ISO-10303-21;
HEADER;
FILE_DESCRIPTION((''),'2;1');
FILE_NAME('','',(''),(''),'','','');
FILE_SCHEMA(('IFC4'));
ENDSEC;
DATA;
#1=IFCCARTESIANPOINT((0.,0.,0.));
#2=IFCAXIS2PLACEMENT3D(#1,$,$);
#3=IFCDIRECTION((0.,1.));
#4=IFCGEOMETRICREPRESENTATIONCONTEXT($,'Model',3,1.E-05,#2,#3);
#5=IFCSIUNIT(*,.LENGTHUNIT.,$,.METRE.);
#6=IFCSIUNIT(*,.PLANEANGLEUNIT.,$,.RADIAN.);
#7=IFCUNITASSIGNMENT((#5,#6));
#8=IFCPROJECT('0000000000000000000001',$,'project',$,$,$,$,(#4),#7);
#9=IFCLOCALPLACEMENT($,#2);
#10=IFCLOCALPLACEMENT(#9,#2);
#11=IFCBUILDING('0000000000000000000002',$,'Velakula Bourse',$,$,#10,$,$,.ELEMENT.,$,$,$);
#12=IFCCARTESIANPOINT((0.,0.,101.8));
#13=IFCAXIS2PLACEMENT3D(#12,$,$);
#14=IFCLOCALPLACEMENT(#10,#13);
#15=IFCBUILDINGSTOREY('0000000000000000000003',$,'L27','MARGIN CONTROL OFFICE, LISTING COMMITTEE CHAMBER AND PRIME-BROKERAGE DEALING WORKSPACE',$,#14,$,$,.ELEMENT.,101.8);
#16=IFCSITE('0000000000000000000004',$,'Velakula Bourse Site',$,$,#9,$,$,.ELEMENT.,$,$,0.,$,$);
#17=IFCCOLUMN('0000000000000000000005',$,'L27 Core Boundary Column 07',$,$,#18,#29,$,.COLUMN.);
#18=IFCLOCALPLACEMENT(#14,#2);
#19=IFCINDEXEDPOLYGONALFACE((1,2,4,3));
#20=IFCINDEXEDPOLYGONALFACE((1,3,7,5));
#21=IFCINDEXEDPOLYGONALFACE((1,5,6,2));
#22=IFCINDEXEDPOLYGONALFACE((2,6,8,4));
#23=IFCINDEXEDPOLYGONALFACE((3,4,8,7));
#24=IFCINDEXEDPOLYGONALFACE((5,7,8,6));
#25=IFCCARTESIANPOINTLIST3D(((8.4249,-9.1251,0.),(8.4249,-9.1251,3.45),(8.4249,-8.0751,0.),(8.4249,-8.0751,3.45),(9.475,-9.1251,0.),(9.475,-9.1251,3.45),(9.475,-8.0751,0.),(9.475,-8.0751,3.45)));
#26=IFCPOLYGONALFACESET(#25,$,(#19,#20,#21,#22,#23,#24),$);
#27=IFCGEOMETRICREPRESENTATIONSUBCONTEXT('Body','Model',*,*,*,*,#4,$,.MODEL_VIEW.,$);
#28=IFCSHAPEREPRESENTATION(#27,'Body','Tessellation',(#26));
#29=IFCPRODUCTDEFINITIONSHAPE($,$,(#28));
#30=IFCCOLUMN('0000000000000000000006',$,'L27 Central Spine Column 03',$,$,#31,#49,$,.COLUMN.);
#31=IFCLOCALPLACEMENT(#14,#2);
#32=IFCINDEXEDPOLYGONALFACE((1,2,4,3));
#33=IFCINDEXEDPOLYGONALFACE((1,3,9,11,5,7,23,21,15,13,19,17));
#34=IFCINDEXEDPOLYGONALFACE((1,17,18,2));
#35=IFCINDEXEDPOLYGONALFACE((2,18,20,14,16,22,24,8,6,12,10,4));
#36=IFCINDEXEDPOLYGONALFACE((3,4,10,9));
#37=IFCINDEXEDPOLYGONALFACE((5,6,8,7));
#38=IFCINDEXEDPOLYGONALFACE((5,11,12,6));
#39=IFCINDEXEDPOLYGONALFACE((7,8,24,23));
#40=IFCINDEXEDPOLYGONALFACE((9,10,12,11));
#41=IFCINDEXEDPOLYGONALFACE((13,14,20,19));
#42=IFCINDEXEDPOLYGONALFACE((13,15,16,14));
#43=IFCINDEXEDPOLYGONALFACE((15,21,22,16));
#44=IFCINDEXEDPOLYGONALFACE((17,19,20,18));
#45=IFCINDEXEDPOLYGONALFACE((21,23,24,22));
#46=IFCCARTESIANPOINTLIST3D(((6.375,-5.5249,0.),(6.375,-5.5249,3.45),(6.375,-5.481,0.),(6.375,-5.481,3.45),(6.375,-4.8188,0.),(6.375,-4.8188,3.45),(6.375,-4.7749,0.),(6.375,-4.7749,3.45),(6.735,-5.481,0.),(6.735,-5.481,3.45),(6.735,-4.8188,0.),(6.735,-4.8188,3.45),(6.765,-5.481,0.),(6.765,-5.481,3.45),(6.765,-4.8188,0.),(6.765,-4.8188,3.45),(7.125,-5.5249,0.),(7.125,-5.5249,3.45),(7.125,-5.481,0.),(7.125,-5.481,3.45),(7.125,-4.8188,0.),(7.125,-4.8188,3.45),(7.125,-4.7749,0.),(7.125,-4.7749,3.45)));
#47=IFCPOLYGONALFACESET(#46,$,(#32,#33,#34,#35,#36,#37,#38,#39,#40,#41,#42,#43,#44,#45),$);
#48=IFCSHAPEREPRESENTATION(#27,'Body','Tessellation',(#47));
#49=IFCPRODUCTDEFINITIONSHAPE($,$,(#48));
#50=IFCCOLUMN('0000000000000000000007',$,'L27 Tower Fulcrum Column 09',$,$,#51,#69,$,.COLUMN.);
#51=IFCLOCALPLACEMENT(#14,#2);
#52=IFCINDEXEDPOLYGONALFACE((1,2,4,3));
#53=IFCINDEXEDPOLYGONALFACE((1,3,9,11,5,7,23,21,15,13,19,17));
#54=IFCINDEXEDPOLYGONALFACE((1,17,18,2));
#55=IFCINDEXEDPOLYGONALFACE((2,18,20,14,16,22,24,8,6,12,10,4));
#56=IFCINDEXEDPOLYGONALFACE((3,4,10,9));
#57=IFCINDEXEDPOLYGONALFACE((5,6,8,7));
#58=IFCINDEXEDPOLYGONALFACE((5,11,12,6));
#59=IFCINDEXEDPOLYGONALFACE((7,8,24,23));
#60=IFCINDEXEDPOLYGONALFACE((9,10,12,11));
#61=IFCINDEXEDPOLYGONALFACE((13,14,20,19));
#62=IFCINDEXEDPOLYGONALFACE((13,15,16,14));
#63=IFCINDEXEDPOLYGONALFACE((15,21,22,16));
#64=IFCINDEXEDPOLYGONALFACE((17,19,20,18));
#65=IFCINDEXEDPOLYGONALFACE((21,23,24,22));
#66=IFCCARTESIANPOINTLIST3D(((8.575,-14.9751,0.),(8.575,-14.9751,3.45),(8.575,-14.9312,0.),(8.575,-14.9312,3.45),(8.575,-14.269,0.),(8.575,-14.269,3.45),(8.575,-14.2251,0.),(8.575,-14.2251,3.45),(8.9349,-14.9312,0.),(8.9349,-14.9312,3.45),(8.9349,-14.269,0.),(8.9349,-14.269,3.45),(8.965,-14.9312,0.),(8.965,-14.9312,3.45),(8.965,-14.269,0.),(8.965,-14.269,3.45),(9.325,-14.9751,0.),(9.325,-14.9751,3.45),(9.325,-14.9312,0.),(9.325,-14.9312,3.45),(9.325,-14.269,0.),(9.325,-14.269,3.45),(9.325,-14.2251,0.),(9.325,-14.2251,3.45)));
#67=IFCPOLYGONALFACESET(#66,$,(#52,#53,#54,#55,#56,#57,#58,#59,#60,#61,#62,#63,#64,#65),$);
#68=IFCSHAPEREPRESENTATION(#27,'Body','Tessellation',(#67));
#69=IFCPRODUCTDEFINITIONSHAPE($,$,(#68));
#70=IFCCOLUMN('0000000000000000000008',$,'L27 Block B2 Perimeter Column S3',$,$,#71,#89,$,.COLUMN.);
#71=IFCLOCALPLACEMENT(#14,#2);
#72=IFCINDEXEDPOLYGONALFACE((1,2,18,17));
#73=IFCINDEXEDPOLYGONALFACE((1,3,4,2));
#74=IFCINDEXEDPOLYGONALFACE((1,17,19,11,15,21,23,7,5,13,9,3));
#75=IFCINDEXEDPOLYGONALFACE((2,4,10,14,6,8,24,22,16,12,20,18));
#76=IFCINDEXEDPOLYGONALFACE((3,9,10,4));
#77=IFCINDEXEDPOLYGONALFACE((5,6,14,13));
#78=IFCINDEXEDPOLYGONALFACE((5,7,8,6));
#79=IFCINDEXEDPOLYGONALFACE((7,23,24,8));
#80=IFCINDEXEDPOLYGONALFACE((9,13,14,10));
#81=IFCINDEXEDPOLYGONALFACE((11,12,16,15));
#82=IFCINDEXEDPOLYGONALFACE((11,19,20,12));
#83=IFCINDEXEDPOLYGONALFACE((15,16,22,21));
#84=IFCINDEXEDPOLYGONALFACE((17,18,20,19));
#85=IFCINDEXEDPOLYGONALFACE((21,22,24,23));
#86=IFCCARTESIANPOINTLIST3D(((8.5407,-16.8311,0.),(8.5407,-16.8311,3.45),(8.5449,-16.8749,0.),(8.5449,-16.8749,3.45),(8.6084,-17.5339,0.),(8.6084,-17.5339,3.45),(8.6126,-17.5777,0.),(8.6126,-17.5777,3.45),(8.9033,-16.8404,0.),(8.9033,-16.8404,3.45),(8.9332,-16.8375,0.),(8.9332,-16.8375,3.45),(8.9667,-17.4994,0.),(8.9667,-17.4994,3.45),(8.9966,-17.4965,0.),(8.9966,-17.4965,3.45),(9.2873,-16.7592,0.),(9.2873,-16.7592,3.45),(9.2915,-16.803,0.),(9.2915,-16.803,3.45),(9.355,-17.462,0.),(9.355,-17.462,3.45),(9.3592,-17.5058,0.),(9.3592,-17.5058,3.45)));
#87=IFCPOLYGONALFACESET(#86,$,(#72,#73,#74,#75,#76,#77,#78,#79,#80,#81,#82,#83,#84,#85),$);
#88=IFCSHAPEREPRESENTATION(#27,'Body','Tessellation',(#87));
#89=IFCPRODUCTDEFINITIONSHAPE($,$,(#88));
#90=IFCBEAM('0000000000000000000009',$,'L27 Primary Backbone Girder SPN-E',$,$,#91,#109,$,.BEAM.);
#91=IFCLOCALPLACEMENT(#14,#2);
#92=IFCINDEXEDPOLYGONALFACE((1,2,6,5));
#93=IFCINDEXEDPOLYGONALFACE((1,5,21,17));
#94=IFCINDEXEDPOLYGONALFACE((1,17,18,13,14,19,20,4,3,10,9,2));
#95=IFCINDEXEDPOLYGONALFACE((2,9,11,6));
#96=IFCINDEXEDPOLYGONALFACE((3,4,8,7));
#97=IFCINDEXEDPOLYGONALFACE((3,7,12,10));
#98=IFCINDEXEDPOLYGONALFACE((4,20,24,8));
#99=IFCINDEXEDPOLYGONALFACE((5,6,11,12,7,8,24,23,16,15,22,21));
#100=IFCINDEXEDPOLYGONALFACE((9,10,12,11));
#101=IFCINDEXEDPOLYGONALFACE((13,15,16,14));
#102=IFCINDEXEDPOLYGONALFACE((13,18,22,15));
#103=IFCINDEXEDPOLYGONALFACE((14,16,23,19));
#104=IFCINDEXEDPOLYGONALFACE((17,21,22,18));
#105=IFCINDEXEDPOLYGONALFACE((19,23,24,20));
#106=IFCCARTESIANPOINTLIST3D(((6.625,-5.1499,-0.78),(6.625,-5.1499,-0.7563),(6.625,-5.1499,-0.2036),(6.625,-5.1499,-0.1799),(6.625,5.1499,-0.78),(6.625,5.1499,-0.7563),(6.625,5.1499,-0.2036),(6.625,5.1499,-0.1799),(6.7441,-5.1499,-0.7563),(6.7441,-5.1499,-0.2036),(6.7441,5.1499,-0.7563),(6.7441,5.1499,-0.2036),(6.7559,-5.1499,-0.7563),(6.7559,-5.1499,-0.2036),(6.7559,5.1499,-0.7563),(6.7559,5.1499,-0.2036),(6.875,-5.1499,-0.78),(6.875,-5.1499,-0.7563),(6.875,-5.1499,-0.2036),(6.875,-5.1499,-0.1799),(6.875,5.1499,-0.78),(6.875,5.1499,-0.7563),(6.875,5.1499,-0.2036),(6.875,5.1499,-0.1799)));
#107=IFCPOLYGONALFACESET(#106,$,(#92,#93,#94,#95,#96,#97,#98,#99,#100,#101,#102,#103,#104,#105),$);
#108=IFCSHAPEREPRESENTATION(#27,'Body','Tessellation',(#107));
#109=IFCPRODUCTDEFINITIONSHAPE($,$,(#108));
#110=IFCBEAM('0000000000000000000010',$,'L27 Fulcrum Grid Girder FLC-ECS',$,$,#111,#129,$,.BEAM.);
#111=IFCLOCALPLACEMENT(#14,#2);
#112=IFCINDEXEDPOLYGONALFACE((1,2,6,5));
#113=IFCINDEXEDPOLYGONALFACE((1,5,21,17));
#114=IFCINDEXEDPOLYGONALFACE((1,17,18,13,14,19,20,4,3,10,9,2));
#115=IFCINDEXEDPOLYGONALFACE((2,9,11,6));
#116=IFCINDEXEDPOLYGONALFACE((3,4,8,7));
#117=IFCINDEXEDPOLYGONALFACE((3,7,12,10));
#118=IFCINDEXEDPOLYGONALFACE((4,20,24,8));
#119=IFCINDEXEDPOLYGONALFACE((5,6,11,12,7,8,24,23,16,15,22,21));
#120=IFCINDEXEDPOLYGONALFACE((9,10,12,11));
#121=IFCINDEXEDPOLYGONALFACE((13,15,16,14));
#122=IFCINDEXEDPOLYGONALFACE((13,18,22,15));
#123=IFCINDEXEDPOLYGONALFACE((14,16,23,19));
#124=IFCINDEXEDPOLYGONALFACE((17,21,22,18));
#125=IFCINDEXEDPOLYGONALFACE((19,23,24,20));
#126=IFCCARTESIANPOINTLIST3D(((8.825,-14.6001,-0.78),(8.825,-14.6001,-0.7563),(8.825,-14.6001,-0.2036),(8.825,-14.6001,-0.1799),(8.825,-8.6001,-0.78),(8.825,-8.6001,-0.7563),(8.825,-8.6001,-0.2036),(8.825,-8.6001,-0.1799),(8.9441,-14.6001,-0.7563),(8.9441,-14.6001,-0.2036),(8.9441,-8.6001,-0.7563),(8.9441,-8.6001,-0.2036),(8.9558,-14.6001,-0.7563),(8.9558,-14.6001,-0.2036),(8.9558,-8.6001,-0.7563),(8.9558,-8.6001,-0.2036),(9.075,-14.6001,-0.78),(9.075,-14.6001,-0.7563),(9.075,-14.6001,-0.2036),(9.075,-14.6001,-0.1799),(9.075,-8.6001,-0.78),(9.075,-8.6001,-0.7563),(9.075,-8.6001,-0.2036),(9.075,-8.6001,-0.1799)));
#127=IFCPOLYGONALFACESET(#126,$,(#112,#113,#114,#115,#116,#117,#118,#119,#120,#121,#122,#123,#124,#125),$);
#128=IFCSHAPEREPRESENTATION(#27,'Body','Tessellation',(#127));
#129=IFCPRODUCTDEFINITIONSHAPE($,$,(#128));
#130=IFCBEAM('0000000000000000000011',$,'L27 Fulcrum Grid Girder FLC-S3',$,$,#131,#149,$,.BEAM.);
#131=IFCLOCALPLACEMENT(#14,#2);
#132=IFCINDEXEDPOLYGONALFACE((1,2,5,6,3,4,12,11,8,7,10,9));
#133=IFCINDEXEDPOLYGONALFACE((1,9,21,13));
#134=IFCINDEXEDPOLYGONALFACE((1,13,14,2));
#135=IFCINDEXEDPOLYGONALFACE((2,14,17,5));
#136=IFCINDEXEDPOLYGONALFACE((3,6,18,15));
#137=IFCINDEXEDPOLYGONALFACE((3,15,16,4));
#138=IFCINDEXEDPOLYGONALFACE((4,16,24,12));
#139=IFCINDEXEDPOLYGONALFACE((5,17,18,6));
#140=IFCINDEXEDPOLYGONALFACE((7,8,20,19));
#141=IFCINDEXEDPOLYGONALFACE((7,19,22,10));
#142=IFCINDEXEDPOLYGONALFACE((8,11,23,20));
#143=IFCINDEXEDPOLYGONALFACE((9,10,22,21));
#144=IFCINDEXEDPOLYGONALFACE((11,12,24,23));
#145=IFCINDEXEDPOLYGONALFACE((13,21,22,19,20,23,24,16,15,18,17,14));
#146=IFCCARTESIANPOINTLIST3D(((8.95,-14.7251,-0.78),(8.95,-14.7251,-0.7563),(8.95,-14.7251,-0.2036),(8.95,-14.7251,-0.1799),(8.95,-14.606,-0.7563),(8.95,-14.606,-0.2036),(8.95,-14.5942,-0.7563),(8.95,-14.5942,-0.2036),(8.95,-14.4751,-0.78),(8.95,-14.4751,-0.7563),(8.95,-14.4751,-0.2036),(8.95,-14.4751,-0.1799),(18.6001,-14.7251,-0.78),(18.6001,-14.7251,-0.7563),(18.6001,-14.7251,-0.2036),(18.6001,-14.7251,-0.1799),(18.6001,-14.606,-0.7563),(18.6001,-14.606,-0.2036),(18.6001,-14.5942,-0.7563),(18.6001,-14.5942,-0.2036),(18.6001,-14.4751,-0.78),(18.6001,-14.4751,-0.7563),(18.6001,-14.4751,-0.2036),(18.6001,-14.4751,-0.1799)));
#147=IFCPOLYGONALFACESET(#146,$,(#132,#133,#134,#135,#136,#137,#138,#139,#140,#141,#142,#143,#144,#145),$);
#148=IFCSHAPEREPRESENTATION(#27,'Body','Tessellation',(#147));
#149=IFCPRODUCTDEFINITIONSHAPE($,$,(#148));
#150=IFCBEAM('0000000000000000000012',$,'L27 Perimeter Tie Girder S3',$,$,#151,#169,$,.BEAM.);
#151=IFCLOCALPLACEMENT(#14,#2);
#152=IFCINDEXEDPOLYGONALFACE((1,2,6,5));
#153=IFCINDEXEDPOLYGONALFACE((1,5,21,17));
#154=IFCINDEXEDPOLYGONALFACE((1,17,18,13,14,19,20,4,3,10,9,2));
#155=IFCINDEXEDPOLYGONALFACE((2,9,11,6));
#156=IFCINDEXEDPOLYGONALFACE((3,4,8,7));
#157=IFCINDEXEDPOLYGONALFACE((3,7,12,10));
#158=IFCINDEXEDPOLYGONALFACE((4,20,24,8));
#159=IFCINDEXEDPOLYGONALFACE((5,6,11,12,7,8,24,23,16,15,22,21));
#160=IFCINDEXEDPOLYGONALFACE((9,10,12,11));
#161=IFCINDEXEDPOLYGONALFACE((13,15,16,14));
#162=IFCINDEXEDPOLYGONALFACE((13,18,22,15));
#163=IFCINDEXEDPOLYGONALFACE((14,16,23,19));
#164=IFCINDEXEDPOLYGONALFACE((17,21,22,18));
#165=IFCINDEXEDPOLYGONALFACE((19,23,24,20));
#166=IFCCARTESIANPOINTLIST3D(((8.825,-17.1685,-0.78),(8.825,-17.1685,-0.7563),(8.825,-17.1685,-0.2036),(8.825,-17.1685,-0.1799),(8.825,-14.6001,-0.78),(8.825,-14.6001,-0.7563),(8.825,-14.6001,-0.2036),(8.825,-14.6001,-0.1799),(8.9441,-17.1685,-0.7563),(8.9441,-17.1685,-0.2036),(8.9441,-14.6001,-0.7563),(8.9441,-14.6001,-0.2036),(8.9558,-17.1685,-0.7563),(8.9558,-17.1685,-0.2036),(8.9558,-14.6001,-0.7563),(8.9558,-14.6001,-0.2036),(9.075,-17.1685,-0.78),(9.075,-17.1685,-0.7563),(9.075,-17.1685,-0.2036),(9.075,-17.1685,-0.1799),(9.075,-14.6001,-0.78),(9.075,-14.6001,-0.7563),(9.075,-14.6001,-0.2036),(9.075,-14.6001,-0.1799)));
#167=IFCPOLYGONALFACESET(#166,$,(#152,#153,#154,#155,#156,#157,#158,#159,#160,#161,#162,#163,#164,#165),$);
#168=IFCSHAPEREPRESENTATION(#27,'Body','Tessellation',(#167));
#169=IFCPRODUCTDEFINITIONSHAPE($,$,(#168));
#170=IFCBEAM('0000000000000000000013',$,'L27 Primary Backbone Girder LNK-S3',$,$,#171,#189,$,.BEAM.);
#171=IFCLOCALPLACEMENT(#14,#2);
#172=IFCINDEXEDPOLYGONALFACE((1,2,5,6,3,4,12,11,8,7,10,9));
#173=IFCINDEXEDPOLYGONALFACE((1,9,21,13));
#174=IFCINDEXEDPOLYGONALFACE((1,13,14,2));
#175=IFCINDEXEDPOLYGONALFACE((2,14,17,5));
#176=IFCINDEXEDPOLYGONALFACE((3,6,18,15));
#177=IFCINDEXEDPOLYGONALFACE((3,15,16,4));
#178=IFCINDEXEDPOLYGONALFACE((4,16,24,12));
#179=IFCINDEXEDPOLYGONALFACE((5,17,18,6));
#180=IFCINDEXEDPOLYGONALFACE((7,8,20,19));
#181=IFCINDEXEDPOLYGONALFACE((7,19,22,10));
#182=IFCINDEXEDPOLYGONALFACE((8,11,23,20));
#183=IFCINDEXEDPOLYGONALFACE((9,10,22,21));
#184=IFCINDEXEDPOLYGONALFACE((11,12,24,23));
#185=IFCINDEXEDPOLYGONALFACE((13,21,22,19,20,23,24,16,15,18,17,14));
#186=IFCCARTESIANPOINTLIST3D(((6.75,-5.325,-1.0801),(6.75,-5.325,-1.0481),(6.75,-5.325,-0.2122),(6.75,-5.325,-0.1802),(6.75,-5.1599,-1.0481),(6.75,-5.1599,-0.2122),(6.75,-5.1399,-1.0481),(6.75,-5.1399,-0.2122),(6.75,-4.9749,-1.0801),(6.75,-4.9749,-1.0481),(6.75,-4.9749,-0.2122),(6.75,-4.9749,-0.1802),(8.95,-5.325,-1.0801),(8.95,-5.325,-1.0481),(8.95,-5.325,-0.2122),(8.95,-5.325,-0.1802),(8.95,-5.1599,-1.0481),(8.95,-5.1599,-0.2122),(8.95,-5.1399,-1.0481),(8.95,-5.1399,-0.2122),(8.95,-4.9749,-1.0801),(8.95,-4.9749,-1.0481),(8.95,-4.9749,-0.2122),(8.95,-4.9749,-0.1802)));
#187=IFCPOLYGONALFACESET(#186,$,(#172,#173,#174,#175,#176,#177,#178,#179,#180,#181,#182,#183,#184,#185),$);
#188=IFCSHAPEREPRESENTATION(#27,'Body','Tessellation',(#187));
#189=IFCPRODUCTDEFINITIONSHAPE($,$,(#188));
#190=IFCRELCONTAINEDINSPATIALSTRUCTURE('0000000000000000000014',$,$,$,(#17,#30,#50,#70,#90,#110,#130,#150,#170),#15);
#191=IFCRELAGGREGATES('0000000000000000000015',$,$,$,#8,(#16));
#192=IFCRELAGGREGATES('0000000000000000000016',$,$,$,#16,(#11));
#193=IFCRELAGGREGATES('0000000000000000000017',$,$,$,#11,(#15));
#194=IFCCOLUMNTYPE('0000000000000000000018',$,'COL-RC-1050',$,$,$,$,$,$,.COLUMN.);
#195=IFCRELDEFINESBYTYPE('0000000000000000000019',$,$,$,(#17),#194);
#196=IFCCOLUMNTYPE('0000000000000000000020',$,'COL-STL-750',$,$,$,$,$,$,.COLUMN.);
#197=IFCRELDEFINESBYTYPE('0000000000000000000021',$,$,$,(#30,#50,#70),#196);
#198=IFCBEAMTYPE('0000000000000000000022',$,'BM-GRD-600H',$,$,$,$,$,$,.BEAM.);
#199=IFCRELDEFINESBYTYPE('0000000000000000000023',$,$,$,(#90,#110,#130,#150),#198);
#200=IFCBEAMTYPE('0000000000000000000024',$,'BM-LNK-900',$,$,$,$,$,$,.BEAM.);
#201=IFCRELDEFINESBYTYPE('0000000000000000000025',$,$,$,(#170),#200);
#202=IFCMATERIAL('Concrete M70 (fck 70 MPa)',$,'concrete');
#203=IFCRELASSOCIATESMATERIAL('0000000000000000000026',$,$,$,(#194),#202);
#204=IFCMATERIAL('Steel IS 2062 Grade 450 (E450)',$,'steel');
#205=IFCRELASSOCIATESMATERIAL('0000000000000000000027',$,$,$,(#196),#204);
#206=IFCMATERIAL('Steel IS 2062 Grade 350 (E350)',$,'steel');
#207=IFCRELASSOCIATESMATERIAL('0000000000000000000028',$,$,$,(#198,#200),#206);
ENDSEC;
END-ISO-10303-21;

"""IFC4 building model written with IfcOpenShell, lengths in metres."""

from ifc_helpers import new_model, si_unit, direction, frame, origin, origin_2d, place, context, subcontext, project, spatial, rectangle, i_section, extrude, material, material_profile, profile_set, type_object, element, save


model = new_model("IFC4")

# Units and contexts
model_context = context("Model", 3, precision=1e-05, world=origin(), true_north=direction((0.0, 1.0)))
body_context = subcontext(model_context, "Body", "Model", "MODEL_VIEW")
ifc_project = project(units=[si_unit("LENGTHUNIT", "METRE"), si_unit("PLANEANGLEUNIT", "RADIAN")], contexts=[model_context])

# Site, building, storey
site_placement = place(None, origin())
site = spatial("IfcSite", under=ifc_project, at=site_placement, Name="Velakula Bourse Site", CompositionType="ELEMENT", RefElevation=0.0)
building_placement = place(site_placement, origin())
building = spatial("IfcBuilding", under=site, at=building_placement, Name="Velakula Bourse", CompositionType="ELEMENT")
storey_placement = place(building_placement, frame((0.0, 0.0, 101.8)))
storey = spatial("IfcBuildingStorey", under=building, at=storey_placement, Name="L27", Description="MARGIN CONTROL OFFICE, LISTING COMMITTEE CHAMBER AND PRIME-BROKERAGE DEALING WORKSPACE", CompositionType="ELEMENT", Elevation=101.8)

# Columns
ifc_material_1 = material(Name="Concrete M70 (fck 70 MPa)", Category="concrete")
ifc_material_profile_1 = material_profile(ifc_material_1, rectangle(XDim=1.05, YDim=1.05, at=origin_2d()), Name="Concrete M70 (fck 70 MPa)")
ifc_profile_set_1 = profile_set([ifc_material_profile_1], Name="Concrete M70 (fck 70 MPa)")
column_type_1 = type_object("IfcColumnType", Name="COL-RC-1050", PredefinedType="COLUMN", material=ifc_profile_set_1)
column_placement = place(storey_placement, frame((8.95, -8.6001, 0.0), z_axis=(0.0, 0.0, 1.0), x_axis=(1.0, 0.0, 0.0)))
element("IfcColumn", 1, at=column_placement, inside=storey, type_object=column_type_1, Name="L27 Core Boundary Column 07", PredefinedType="COLUMN", context=body_context, shape_type="SweptSolid", body=[
    extrude(rectangle(XDim=1.05, YDim=1.05, at=origin_2d()), origin(), (0.0, 0.0, 1.0), 3.45),
])
ifc_material_2 = material(Name="Steel IS 2062 Grade 450 (E450)", Category="steel")
ifc_material_profile_2 = material_profile(ifc_material_2, i_section(OverallWidth=0.75, OverallDepth=0.75, WebThickness=0.03, FlangeThickness=0.0439, at=origin_2d()), Name="Steel IS 2062 Grade 450 (E450)")
ifc_profile_set_2 = profile_set([ifc_material_profile_2], Name="Steel IS 2062 Grade 450 (E450)")
column_type_2 = type_object("IfcColumnType", Name="COL-STL-750", PredefinedType="COLUMN", material=ifc_profile_set_2)
for number, where, z_axis, x_axis, name in (
    (2, (6.75, -5.1499, 0.0), (0.0, 0.0, 1.0), (1.0, 0.0, 0.0), "L27 Central Spine Column 03"),
    (3, (8.95, -14.6001, 0.0), (0.0, 0.0, 1.0), (1.0, 0.0, 0.0), "L27 Tower Fulcrum Column 09"),
    (4, (8.95, -17.1685, 0.0), (0.0, 0.0, 1.0), (0.995396, 0.095846, 0.0), "L27 Block B2 Perimeter Column S3"),
):
    element("IfcColumn", number, at=place(storey_placement, frame(where, z_axis=z_axis, x_axis=x_axis)), inside=storey, type_object=column_type_2, Name=name, PredefinedType="COLUMN", context=body_context, shape_type="SweptSolid", body=[
        extrude(i_section(OverallWidth=0.75, OverallDepth=0.75, WebThickness=0.03, FlangeThickness=0.0439, at=origin_2d()), origin(), (0.0, 0.0, 1.0), 3.45),
    ])

# Beams
ifc_material_3 = material(Name="Steel IS 2062 Grade 350 (E350)", Category="steel")
ifc_material_profile_3 = material_profile(ifc_material_3, i_section(OverallWidth=0.25, OverallDepth=0.6001, WebThickness=0.0117, FlangeThickness=0.0237, at=origin_2d()), Name="Steel IS 2062 Grade 350 (E350)")
ifc_profile_set_3 = profile_set([ifc_material_profile_3], Name="Steel IS 2062 Grade 350 (E350)")
beam_type_1 = type_object("IfcBeamType", Name="BM-GRD-600H", PredefinedType="BEAM", material=ifc_profile_set_3)
beam_1_placement = place(storey_placement, frame((6.75, -5.1499, -0.48), z_axis=(0.0, 1.0, 0.0), x_axis=(-1.0, 0.0, 0.0)))
element("IfcBeam", 5, at=beam_1_placement, inside=storey, type_object=beam_type_1, Name="L27 Primary Backbone Girder SPN-E", PredefinedType="BEAM", context=body_context, shape_type="SweptSolid", body=[
    extrude(i_section(OverallWidth=0.25, OverallDepth=0.6001, WebThickness=0.0117, FlangeThickness=0.0237, at=origin_2d()), origin(), (0.0, 0.0, 1.0), 10.2998),
])
beam_2_placement = place(storey_placement, frame((8.95, -14.6001, -0.48), z_axis=(0.0, 1.0, 0.0), x_axis=(-1.0, 0.0, 0.0)))
element("IfcBeam", 6, at=beam_2_placement, inside=storey, type_object=beam_type_1, Name="L27 Fulcrum Grid Girder FLC-ECS", PredefinedType="BEAM", context=body_context, shape_type="SweptSolid", body=[
    extrude(i_section(OverallWidth=0.25, OverallDepth=0.6001, WebThickness=0.0117, FlangeThickness=0.0237, at=origin_2d()), origin(), (0.0, 0.0, 1.0), 6.0),
])
beam_3_placement = place(storey_placement, frame((8.95, -14.6001, -0.48), z_axis=(1.0, 0.0, 0.0), x_axis=(0.0, 1.0, 0.0)))
element("IfcBeam", 7, at=beam_3_placement, inside=storey, type_object=beam_type_1, Name="L27 Fulcrum Grid Girder FLC-S3", PredefinedType="BEAM", context=body_context, shape_type="SweptSolid", body=[
    extrude(i_section(OverallWidth=0.25, OverallDepth=0.6001, WebThickness=0.0117, FlangeThickness=0.0237, at=origin_2d()), origin(), (0.0, 0.0, 1.0), 9.6501),
])
beam_4_placement = place(storey_placement, frame((8.95, -14.6001, -0.48), z_axis=(0.0, -1.0, 0.0), x_axis=(1.0, 0.0, 0.0)))
element("IfcBeam", 8, at=beam_4_placement, inside=storey, type_object=beam_type_1, Name="L27 Perimeter Tie Girder S3", PredefinedType="BEAM", context=body_context, shape_type="SweptSolid", body=[
    extrude(i_section(OverallWidth=0.25, OverallDepth=0.6001, WebThickness=0.0117, FlangeThickness=0.0237, at=origin_2d()), origin(), (0.0, 0.0, 1.0), 2.5684),
])
ifc_material_profile_4 = material_profile(ifc_material_3, i_section(OverallWidth=0.3501, OverallDepth=0.8999, WebThickness=0.02, FlangeThickness=0.032, at=origin_2d()), Name="Steel IS 2062 Grade 350 (E350)")
ifc_profile_set_4 = profile_set([ifc_material_profile_4], Name="Steel IS 2062 Grade 350 (E350)")
beam_type_2 = type_object("IfcBeamType", Name="BM-LNK-900", PredefinedType="BEAM", material=ifc_profile_set_4)
beam_5_placement = place(storey_placement, frame((6.75, -5.1499, -0.6301), z_axis=(1.0, 0.0, 0.0), x_axis=(0.0, 1.0, 0.0)))
element("IfcBeam", 9, at=beam_5_placement, inside=storey, type_object=beam_type_2, Name="L27 Primary Backbone Girder LNK-S3", PredefinedType="BEAM", context=body_context, shape_type="SweptSolid", body=[
    extrude(i_section(OverallWidth=0.3501, OverallDepth=0.8999, WebThickness=0.02, FlangeThickness=0.032, at=origin_2d()), origin(), (0.0, 0.0, 1.0), 2.2),
])

save(model, "model.ifc")
